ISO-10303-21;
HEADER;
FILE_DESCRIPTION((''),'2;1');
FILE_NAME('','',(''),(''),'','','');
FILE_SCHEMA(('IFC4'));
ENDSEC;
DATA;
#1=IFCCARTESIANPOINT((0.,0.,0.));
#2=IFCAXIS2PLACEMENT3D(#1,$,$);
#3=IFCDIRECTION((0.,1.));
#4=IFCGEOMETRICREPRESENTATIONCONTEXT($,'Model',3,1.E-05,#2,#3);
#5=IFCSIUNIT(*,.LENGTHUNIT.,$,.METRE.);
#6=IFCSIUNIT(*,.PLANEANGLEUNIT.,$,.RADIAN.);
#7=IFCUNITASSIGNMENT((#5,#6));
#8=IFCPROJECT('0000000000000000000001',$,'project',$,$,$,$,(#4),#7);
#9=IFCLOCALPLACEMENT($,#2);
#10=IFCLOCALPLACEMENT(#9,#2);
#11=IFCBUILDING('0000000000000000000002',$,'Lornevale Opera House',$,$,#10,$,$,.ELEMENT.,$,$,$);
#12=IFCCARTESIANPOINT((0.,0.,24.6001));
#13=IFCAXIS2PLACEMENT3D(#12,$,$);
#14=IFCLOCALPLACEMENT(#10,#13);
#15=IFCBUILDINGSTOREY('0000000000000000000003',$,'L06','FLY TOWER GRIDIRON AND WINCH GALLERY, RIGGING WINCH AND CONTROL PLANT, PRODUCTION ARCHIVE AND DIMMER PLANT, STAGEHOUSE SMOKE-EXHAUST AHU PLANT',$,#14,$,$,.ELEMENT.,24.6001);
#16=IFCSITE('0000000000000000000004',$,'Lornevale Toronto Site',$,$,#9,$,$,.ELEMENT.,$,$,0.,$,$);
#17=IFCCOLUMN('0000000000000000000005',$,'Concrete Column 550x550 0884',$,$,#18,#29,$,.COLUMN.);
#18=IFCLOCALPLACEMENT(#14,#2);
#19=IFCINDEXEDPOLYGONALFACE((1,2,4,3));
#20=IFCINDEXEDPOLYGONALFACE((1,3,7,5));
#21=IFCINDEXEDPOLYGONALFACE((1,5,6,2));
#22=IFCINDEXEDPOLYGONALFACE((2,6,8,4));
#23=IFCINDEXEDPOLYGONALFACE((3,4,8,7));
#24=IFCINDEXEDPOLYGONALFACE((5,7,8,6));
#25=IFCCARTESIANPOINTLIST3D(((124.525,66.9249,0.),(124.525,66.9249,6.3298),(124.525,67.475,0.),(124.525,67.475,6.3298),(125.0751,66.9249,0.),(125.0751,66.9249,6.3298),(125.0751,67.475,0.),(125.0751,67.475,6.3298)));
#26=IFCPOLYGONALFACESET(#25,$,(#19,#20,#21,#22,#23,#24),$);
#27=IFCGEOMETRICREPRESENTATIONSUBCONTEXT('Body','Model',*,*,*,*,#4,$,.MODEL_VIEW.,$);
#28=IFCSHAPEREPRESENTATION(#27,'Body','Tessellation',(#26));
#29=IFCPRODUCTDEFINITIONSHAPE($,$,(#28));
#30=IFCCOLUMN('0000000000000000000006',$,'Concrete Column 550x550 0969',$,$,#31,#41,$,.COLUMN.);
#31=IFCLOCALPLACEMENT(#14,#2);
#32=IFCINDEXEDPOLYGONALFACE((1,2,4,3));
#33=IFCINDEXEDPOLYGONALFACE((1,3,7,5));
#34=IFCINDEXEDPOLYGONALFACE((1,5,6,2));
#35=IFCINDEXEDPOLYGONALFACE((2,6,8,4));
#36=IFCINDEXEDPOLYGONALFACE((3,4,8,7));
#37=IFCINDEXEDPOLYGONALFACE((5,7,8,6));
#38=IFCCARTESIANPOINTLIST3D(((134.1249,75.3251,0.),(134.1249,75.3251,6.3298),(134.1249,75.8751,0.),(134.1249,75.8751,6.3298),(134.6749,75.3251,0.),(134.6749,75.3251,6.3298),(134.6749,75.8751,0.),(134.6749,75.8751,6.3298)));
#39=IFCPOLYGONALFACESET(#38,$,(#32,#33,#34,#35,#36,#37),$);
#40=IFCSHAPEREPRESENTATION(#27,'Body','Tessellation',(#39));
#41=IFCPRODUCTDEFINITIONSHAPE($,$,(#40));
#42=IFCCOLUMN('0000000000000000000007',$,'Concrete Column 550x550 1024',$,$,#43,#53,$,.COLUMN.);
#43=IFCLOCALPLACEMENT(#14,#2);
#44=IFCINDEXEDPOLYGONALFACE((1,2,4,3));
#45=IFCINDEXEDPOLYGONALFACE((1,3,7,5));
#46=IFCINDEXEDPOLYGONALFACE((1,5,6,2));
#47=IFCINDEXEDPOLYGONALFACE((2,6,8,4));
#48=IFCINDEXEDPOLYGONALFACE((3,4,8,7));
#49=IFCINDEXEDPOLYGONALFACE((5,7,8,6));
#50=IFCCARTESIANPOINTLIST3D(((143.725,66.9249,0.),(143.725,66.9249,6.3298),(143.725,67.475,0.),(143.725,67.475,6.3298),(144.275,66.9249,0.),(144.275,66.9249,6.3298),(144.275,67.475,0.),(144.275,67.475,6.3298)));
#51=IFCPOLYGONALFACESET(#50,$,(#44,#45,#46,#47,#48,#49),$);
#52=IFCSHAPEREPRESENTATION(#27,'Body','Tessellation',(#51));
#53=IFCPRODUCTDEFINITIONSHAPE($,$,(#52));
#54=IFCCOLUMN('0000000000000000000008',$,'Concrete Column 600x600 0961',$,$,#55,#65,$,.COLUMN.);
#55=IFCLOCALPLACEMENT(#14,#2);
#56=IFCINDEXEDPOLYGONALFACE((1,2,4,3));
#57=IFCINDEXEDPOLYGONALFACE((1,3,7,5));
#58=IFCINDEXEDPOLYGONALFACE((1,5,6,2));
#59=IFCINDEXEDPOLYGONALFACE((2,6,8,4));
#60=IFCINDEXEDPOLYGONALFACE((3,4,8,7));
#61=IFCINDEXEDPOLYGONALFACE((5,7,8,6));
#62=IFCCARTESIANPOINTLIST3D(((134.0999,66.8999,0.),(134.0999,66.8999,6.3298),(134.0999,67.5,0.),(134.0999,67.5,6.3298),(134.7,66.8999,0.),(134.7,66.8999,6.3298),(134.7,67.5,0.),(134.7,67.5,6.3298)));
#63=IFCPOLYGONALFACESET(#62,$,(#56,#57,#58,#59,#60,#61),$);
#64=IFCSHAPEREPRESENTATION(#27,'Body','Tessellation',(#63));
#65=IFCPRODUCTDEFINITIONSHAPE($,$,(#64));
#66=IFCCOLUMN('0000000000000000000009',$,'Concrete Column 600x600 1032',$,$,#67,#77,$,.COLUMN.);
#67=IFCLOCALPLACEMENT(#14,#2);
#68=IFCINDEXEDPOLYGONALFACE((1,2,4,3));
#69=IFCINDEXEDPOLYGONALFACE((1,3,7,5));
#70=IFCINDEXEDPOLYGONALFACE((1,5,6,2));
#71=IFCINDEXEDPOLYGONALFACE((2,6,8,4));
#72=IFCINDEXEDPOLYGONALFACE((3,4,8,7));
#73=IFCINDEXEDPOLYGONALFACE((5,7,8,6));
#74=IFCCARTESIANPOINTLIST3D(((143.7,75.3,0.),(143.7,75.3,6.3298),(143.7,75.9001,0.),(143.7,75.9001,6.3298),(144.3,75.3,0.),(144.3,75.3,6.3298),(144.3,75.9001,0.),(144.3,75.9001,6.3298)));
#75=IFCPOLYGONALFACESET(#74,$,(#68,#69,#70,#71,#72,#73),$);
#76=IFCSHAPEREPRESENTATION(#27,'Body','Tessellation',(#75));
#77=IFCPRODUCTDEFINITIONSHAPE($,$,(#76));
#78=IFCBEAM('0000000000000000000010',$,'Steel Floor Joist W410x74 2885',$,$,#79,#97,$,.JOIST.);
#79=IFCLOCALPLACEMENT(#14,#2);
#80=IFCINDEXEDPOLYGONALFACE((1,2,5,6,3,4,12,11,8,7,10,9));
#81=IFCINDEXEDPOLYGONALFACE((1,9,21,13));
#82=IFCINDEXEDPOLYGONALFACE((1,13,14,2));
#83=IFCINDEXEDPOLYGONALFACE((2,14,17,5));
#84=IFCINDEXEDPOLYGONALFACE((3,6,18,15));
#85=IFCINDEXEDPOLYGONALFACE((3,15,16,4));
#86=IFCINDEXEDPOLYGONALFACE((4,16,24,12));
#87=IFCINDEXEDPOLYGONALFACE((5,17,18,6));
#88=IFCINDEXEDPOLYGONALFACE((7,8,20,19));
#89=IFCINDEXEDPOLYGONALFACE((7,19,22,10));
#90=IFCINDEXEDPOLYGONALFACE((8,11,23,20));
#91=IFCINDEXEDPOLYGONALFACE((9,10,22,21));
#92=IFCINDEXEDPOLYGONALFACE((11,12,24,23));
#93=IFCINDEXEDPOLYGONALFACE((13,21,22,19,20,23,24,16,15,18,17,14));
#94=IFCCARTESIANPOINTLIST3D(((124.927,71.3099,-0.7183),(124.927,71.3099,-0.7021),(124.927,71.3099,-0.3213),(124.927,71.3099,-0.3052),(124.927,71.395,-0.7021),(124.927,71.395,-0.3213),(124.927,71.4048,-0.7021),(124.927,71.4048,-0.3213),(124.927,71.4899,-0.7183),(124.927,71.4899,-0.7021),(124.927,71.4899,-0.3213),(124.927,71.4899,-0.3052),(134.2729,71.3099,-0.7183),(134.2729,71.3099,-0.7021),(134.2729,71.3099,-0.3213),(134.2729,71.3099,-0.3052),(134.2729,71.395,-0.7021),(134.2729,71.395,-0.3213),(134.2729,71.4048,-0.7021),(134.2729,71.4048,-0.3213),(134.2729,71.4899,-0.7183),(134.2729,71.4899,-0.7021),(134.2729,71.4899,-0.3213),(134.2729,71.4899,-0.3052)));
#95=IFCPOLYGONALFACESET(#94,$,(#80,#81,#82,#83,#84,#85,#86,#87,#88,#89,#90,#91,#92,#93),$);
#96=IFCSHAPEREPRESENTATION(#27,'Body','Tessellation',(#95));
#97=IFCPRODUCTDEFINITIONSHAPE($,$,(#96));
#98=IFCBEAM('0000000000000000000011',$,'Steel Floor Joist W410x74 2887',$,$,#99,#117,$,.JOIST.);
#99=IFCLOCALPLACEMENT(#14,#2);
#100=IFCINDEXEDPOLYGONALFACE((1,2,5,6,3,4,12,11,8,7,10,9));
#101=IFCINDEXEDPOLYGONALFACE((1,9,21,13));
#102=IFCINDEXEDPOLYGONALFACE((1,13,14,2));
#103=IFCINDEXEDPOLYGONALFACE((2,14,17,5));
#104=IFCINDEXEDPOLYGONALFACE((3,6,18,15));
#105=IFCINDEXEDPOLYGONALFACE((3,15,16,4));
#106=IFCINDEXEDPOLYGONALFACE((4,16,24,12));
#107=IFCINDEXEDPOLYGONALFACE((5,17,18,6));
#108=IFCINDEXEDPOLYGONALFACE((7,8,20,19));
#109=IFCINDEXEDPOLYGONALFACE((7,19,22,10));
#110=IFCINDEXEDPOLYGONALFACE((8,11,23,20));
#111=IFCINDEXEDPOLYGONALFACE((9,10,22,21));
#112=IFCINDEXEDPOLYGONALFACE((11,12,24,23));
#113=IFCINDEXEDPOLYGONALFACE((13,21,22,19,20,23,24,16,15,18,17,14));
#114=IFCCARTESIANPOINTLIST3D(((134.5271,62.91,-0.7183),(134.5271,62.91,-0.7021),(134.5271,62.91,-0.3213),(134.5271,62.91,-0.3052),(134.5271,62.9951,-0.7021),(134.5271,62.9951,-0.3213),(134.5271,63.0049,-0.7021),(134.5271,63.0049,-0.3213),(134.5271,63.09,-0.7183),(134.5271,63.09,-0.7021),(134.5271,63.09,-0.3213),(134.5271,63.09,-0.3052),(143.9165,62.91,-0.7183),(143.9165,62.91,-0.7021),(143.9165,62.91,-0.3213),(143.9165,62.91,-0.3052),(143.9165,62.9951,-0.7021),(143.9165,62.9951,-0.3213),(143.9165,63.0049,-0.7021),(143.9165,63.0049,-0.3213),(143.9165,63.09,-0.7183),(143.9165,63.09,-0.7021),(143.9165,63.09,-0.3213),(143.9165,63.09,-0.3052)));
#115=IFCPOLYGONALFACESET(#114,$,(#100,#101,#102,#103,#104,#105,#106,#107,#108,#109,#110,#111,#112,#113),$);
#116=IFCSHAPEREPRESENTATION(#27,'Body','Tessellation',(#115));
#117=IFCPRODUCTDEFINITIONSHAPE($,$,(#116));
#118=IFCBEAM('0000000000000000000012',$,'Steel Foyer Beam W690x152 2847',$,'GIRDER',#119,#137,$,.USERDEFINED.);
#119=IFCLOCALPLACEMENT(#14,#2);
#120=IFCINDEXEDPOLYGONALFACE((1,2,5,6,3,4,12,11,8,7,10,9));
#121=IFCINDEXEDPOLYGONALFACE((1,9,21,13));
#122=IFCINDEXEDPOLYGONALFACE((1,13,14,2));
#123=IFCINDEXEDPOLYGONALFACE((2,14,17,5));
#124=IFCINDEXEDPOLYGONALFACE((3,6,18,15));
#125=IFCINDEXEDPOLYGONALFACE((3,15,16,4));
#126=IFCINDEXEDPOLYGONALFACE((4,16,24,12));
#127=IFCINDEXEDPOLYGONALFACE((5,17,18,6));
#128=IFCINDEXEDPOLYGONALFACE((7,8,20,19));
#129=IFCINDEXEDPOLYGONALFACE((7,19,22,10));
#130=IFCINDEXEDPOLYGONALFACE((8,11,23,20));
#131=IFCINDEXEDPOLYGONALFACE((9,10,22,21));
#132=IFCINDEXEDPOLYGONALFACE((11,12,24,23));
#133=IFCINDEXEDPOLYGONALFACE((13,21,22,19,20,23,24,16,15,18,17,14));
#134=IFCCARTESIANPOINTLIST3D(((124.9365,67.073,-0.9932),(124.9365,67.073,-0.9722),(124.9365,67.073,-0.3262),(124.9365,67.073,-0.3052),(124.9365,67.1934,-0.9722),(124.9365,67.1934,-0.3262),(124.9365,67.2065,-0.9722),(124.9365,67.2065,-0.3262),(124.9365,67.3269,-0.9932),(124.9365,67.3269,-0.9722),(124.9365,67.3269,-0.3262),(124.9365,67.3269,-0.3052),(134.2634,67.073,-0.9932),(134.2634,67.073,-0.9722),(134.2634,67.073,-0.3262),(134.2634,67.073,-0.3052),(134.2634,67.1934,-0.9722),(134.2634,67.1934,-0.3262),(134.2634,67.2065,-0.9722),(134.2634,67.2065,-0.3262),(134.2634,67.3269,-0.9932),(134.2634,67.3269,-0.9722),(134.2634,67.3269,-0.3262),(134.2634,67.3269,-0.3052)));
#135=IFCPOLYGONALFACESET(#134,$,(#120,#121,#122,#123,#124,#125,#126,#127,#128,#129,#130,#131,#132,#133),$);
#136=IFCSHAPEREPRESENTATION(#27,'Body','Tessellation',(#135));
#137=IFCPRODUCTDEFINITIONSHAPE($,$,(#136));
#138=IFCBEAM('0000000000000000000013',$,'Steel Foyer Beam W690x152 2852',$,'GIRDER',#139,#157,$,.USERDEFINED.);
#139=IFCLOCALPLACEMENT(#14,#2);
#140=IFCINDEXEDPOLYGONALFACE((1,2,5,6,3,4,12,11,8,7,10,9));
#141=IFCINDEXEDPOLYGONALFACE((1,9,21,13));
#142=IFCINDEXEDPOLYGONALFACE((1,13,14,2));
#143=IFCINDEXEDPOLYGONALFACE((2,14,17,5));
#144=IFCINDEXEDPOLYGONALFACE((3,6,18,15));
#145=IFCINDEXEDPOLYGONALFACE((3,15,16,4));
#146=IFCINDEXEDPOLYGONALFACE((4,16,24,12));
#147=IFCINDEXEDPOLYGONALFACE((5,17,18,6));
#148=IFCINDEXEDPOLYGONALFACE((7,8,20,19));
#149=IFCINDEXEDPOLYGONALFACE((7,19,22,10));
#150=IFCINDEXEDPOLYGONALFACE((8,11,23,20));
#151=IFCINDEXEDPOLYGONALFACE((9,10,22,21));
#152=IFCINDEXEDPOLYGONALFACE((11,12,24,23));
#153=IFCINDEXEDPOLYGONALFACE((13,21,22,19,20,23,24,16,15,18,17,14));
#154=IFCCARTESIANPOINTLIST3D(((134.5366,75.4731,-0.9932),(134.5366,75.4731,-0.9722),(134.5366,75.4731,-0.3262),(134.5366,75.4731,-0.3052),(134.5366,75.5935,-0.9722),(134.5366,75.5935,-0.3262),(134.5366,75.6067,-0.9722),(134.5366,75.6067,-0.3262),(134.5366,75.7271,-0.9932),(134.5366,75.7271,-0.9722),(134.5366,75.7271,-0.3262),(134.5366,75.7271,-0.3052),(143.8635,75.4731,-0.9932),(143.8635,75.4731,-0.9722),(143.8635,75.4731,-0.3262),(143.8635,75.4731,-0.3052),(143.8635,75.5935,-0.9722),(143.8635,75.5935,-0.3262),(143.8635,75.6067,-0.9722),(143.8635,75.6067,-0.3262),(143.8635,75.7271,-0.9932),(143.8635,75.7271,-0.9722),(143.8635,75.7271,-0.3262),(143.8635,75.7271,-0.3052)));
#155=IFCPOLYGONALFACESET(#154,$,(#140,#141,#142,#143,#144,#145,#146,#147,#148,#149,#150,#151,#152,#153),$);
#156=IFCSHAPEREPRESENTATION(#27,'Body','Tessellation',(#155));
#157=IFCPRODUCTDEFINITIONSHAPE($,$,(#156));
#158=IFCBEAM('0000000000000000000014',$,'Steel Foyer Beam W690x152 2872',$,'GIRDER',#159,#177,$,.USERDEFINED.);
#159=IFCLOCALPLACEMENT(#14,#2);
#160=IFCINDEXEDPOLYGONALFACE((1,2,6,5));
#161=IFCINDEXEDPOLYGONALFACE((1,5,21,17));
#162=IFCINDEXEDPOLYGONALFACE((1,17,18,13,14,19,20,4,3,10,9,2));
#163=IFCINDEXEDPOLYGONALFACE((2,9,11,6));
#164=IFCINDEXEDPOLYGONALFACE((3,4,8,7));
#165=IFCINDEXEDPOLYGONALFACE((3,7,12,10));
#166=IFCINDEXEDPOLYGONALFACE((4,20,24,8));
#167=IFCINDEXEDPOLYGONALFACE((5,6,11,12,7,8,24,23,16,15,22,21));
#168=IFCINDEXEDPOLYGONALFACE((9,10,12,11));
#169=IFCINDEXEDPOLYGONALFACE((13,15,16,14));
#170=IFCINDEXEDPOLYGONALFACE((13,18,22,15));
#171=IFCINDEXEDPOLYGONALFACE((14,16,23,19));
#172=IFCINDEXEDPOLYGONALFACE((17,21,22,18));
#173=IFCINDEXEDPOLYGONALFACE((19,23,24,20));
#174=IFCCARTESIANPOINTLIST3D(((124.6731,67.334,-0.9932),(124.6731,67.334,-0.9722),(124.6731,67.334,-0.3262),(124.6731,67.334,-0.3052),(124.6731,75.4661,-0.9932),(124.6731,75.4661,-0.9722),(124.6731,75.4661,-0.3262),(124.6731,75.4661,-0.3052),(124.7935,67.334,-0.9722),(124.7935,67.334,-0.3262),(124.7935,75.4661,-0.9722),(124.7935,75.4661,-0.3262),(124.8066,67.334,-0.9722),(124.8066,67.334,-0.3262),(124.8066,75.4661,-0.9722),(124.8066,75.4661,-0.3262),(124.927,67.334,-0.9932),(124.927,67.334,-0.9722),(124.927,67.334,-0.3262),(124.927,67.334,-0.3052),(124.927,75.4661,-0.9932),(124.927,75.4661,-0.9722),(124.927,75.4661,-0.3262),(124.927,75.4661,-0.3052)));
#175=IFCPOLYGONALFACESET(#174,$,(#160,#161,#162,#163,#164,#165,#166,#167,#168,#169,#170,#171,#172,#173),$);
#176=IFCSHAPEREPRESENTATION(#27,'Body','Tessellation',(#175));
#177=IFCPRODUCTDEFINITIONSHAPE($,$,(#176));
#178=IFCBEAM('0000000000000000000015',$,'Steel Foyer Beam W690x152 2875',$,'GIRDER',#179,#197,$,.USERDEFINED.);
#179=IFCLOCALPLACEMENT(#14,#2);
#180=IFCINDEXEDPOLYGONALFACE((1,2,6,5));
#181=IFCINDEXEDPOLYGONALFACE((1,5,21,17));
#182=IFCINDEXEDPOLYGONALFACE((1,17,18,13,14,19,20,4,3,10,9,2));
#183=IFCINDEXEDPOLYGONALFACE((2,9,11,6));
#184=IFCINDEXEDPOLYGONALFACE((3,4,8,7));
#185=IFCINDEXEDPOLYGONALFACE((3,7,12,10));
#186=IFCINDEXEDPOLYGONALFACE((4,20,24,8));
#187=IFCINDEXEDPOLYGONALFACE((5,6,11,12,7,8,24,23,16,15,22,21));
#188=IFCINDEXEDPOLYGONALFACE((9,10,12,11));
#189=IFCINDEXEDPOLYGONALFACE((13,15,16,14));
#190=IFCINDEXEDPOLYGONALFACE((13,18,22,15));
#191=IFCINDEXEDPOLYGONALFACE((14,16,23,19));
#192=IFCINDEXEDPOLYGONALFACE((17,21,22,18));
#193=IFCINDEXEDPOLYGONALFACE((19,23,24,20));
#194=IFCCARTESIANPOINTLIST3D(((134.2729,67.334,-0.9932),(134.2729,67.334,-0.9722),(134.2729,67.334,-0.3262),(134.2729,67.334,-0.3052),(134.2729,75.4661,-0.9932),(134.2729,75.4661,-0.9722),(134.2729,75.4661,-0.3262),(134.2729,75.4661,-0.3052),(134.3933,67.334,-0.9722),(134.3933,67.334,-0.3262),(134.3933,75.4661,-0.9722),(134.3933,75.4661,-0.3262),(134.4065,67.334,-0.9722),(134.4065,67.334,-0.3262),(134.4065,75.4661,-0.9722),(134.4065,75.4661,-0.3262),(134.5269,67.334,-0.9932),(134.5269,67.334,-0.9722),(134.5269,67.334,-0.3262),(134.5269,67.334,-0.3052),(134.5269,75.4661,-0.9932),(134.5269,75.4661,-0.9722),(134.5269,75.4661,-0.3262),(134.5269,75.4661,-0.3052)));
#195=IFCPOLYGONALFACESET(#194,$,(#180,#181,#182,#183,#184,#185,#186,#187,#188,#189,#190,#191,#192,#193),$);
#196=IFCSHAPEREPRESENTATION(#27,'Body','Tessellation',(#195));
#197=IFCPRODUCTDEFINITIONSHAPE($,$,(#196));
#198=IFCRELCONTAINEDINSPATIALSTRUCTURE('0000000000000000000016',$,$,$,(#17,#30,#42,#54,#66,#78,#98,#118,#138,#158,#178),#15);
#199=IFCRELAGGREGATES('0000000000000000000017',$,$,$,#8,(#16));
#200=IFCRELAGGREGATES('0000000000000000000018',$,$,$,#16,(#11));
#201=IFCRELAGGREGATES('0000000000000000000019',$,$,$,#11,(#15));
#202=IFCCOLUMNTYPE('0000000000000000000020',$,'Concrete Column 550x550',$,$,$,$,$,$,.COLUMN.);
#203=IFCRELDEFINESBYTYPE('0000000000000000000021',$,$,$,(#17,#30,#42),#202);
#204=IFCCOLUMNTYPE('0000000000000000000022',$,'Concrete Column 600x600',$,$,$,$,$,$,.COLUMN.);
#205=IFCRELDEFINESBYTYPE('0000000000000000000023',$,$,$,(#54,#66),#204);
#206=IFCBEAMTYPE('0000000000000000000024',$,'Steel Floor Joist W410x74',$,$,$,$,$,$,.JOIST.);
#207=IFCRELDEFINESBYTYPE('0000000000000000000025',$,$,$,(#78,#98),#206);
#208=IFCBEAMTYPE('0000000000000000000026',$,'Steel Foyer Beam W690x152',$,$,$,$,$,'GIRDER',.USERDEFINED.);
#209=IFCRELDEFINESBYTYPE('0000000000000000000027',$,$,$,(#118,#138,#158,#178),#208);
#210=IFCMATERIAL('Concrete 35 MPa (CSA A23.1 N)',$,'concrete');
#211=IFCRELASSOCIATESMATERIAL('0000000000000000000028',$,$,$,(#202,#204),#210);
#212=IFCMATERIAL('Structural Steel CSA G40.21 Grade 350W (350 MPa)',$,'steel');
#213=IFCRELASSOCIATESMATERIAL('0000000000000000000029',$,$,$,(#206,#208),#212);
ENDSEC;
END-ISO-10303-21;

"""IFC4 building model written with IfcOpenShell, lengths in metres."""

from ifc_helpers import new_model, si_unit, direction, frame, origin, origin_2d, place, context, subcontext, project, spatial, rectangle, i_section, extrude, material, material_profile, profile_set, type_object, element, save


model = new_model("IFC4")

# Units and contexts
model_context = context("Model", 3, precision=1e-05, world=origin(), true_north=direction((0.0, 1.0)))
body_context = subcontext(model_context, "Body", "Model", "MODEL_VIEW")
ifc_project = project(units=[si_unit("LENGTHUNIT", "METRE"), si_unit("PLANEANGLEUNIT", "RADIAN")], contexts=[model_context])

# Site, building, storey
site_placement = place(None, origin())
site = spatial("IfcSite", under=ifc_project, at=site_placement, Name="Lornevale Toronto Site", CompositionType="ELEMENT", RefElevation=0.0)
building_placement = place(site_placement, origin())
building = spatial("IfcBuilding", under=site, at=building_placement, Name="Lornevale Opera House", CompositionType="ELEMENT")
storey_placement = place(building_placement, frame((0.0, 0.0, 24.6001)))
storey = spatial("IfcBuildingStorey", under=building, at=storey_placement, Name="L06", Description="FLY TOWER GRIDIRON AND WINCH GALLERY, RIGGING WINCH AND CONTROL PLANT, PRODUCTION ARCHIVE AND DIMMER PLANT, STAGEHOUSE SMOKE-EXHAUST AHU PLANT", CompositionType="ELEMENT", Elevation=24.6001)

# Columns
ifc_material_1 = material(Name="Concrete 35 MPa (CSA A23.1 N)", Category="concrete")
ifc_material_profile_1 = material_profile(ifc_material_1, rectangle(XDim=0.55, YDim=0.55, at=origin_2d()), Name="RC550x550")
ifc_profile_set_1 = profile_set([ifc_material_profile_1], Name="Concrete 35 MPa (CSA A23.1 N)")
column_type_1 = type_object("IfcColumnType", Name="Concrete Column 550x550", PredefinedType="COLUMN", material=ifc_profile_set_1)
for number, where, z_axis, x_axis, name in (
    (1, (124.8, 67.2, 0.0), (0.0, 0.0, 1.0), (1.0, 0.0, 0.0), "Concrete Column 550x550 0884"),
    (2, (134.3999, 75.6001, 0.0), (0.0, 0.0, 1.0), (1.0, 0.0, 0.0), "Concrete Column 550x550 0969"),
    (3, (144.0, 67.2, 0.0), (0.0, 0.0, 1.0), (1.0, 0.0, 0.0), "Concrete Column 550x550 1024"),
):
    element("IfcColumn", number, at=place(storey_placement, frame(where, z_axis=z_axis, x_axis=x_axis)), inside=storey, type_object=column_type_1, Name=name, PredefinedType="COLUMN", context=body_context, shape_type="SweptSolid", body=[
        extrude(rectangle(XDim=0.55, YDim=0.55, at=origin_2d()), origin(), (0.0, 0.0, 1.0), 6.3298),
    ])
ifc_material_profile_2 = material_profile(ifc_material_1, rectangle(XDim=0.6001, YDim=0.6001, at=origin_2d()), Name="RC600x600")
ifc_profile_set_2 = profile_set([ifc_material_profile_2], Name="Concrete 35 MPa (CSA A23.1 N)")
column_type_2 = type_object("IfcColumnType", Name="Concrete Column 600x600", PredefinedType="COLUMN", material=ifc_profile_set_2)
for number, where, z_axis, x_axis, name in (
    (4, (134.3999, 67.2, 0.0), (0.0, 0.0, 1.0), (1.0, 0.0, 0.0), "Concrete Column 600x600 0961"),
    (5, (144.0, 75.6001, 0.0), (0.0, 0.0, 1.0), (1.0, 0.0, 0.0), "Concrete Column 600x600 1032"),
):
    element("IfcColumn", number, at=place(storey_placement, frame(where, z_axis=z_axis, x_axis=x_axis)), inside=storey, type_object=column_type_2, Name=name, PredefinedType="COLUMN", context=body_context, shape_type="SweptSolid", body=[
        extrude(rectangle(XDim=0.6001, YDim=0.6001, at=origin_2d()), origin(), (0.0, 0.0, 1.0), 6.3298),
    ])

# Beams
ifc_material_2 = material(Name="Structural Steel CSA G40.21 Grade 350W (350 MPa)", Category="steel")
ifc_material_profile_3 = material_profile(ifc_material_2, i_section(OverallWidth=0.1799, OverallDepth=0.4131, WebThickness=0.0098, FlangeThickness=0.0161, at=origin_2d()), Name="W410x74")
ifc_profile_set_3 = profile_set([ifc_material_profile_3], Name="Structural Steel CSA G40.21 Grade 350W (350 MPa)")
beam_type_1 = type_object("IfcBeamType", Name="Steel Floor Joist W410x74", PredefinedType="JOIST", material=ifc_profile_set_3)
beam_1_placement = place(storey_placement, frame((124.927, 71.3999, -0.5117), z_axis=(1.0, 0.0, 0.0), x_axis=(0.0, 1.0, 0.0)))
element("IfcBeam", 6, at=beam_1_placement, inside=storey, type_object=beam_type_1, Name="Steel Floor Joist W410x74 2885", PredefinedType="JOIST", context=body_context, shape_type="SweptSolid", body=[
    extrude(i_section(OverallWidth=0.1799, OverallDepth=0.4131, WebThickness=0.0098, FlangeThickness=0.0161, at=origin_2d()), origin(), (0.0, 0.0, 1.0), 9.3459),
])
beam_2_placement = place(storey_placement, frame((134.5271, 63.0, -0.5117), z_axis=(1.0, 0.0, 0.0), x_axis=(0.0, 1.0, 0.0)))
element("IfcBeam", 7, at=beam_2_placement, inside=storey, type_object=beam_type_1, Name="Steel Floor Joist W410x74 2887", PredefinedType="JOIST", context=body_context, shape_type="SweptSolid", body=[
    extrude(i_section(OverallWidth=0.1799, OverallDepth=0.4131, WebThickness=0.0098, FlangeThickness=0.0161, at=origin_2d()), origin(), (0.0, 0.0, 1.0), 9.3894),
])
ifc_material_profile_4 = material_profile(ifc_material_2, i_section(OverallWidth=0.2539, OverallDepth=0.688, WebThickness=0.0132, FlangeThickness=0.021, at=origin_2d()), Name="W690x152")
ifc_profile_set_4 = profile_set([ifc_material_profile_4], Name="Structural Steel CSA G40.21 Grade 350W (350 MPa)")
beam_type_2 = type_object("IfcBeamType", Name="Steel Foyer Beam W690x152", ElementType="GIRDER", PredefinedType="USERDEFINED", material=ifc_profile_set_4)
for number, where, z_axis, x_axis, name in (
    (8, (124.9365, 67.2, -0.6492), (1.0, 0.0, 0.0), (0.0, 1.0, 0.0), "Steel Foyer Beam W690x152 2847"),
    (9, (134.5366, 75.6001, -0.6492), (1.0, 0.0, 0.0), (0.0, 1.0, 0.0), "Steel Foyer Beam W690x152 2852"),
):
    element("IfcBeam", number, at=place(storey_placement, frame(where, z_axis=z_axis, x_axis=x_axis)), inside=storey, type_object=beam_type_2, Name=name, ObjectType="GIRDER", PredefinedType="USERDEFINED", context=body_context, shape_type="SweptSolid", body=[
        extrude(i_section(OverallWidth=0.2539, OverallDepth=0.688, WebThickness=0.0132, FlangeThickness=0.021, at=origin_2d()), origin(), (0.0, 0.0, 1.0), 9.3269),
    ])
for number, where, z_axis, x_axis, name in (
    (10, (124.8, 67.334, -0.6492), (0.0, 1.0, 0.0), (-1.0, 0.0, 0.0), "Steel Foyer Beam W690x152 2872"),
    (11, (134.3999, 67.334, -0.6492), (0.0, 1.0, 0.0), (-1.0, 0.0, 0.0), "Steel Foyer Beam W690x152 2875"),
):
    element("IfcBeam", number, at=place(storey_placement, frame(where, z_axis=z_axis, x_axis=x_axis)), inside=storey, type_object=beam_type_2, Name=name, ObjectType="GIRDER", PredefinedType="USERDEFINED", context=body_context, shape_type="SweptSolid", body=[
        extrude(i_section(OverallWidth=0.2539, OverallDepth=0.688, WebThickness=0.0132, FlangeThickness=0.021, at=origin_2d()), origin(), (0.0, 0.0, 1.0), 8.1321),
    ])

save(model, "model.ifc")
